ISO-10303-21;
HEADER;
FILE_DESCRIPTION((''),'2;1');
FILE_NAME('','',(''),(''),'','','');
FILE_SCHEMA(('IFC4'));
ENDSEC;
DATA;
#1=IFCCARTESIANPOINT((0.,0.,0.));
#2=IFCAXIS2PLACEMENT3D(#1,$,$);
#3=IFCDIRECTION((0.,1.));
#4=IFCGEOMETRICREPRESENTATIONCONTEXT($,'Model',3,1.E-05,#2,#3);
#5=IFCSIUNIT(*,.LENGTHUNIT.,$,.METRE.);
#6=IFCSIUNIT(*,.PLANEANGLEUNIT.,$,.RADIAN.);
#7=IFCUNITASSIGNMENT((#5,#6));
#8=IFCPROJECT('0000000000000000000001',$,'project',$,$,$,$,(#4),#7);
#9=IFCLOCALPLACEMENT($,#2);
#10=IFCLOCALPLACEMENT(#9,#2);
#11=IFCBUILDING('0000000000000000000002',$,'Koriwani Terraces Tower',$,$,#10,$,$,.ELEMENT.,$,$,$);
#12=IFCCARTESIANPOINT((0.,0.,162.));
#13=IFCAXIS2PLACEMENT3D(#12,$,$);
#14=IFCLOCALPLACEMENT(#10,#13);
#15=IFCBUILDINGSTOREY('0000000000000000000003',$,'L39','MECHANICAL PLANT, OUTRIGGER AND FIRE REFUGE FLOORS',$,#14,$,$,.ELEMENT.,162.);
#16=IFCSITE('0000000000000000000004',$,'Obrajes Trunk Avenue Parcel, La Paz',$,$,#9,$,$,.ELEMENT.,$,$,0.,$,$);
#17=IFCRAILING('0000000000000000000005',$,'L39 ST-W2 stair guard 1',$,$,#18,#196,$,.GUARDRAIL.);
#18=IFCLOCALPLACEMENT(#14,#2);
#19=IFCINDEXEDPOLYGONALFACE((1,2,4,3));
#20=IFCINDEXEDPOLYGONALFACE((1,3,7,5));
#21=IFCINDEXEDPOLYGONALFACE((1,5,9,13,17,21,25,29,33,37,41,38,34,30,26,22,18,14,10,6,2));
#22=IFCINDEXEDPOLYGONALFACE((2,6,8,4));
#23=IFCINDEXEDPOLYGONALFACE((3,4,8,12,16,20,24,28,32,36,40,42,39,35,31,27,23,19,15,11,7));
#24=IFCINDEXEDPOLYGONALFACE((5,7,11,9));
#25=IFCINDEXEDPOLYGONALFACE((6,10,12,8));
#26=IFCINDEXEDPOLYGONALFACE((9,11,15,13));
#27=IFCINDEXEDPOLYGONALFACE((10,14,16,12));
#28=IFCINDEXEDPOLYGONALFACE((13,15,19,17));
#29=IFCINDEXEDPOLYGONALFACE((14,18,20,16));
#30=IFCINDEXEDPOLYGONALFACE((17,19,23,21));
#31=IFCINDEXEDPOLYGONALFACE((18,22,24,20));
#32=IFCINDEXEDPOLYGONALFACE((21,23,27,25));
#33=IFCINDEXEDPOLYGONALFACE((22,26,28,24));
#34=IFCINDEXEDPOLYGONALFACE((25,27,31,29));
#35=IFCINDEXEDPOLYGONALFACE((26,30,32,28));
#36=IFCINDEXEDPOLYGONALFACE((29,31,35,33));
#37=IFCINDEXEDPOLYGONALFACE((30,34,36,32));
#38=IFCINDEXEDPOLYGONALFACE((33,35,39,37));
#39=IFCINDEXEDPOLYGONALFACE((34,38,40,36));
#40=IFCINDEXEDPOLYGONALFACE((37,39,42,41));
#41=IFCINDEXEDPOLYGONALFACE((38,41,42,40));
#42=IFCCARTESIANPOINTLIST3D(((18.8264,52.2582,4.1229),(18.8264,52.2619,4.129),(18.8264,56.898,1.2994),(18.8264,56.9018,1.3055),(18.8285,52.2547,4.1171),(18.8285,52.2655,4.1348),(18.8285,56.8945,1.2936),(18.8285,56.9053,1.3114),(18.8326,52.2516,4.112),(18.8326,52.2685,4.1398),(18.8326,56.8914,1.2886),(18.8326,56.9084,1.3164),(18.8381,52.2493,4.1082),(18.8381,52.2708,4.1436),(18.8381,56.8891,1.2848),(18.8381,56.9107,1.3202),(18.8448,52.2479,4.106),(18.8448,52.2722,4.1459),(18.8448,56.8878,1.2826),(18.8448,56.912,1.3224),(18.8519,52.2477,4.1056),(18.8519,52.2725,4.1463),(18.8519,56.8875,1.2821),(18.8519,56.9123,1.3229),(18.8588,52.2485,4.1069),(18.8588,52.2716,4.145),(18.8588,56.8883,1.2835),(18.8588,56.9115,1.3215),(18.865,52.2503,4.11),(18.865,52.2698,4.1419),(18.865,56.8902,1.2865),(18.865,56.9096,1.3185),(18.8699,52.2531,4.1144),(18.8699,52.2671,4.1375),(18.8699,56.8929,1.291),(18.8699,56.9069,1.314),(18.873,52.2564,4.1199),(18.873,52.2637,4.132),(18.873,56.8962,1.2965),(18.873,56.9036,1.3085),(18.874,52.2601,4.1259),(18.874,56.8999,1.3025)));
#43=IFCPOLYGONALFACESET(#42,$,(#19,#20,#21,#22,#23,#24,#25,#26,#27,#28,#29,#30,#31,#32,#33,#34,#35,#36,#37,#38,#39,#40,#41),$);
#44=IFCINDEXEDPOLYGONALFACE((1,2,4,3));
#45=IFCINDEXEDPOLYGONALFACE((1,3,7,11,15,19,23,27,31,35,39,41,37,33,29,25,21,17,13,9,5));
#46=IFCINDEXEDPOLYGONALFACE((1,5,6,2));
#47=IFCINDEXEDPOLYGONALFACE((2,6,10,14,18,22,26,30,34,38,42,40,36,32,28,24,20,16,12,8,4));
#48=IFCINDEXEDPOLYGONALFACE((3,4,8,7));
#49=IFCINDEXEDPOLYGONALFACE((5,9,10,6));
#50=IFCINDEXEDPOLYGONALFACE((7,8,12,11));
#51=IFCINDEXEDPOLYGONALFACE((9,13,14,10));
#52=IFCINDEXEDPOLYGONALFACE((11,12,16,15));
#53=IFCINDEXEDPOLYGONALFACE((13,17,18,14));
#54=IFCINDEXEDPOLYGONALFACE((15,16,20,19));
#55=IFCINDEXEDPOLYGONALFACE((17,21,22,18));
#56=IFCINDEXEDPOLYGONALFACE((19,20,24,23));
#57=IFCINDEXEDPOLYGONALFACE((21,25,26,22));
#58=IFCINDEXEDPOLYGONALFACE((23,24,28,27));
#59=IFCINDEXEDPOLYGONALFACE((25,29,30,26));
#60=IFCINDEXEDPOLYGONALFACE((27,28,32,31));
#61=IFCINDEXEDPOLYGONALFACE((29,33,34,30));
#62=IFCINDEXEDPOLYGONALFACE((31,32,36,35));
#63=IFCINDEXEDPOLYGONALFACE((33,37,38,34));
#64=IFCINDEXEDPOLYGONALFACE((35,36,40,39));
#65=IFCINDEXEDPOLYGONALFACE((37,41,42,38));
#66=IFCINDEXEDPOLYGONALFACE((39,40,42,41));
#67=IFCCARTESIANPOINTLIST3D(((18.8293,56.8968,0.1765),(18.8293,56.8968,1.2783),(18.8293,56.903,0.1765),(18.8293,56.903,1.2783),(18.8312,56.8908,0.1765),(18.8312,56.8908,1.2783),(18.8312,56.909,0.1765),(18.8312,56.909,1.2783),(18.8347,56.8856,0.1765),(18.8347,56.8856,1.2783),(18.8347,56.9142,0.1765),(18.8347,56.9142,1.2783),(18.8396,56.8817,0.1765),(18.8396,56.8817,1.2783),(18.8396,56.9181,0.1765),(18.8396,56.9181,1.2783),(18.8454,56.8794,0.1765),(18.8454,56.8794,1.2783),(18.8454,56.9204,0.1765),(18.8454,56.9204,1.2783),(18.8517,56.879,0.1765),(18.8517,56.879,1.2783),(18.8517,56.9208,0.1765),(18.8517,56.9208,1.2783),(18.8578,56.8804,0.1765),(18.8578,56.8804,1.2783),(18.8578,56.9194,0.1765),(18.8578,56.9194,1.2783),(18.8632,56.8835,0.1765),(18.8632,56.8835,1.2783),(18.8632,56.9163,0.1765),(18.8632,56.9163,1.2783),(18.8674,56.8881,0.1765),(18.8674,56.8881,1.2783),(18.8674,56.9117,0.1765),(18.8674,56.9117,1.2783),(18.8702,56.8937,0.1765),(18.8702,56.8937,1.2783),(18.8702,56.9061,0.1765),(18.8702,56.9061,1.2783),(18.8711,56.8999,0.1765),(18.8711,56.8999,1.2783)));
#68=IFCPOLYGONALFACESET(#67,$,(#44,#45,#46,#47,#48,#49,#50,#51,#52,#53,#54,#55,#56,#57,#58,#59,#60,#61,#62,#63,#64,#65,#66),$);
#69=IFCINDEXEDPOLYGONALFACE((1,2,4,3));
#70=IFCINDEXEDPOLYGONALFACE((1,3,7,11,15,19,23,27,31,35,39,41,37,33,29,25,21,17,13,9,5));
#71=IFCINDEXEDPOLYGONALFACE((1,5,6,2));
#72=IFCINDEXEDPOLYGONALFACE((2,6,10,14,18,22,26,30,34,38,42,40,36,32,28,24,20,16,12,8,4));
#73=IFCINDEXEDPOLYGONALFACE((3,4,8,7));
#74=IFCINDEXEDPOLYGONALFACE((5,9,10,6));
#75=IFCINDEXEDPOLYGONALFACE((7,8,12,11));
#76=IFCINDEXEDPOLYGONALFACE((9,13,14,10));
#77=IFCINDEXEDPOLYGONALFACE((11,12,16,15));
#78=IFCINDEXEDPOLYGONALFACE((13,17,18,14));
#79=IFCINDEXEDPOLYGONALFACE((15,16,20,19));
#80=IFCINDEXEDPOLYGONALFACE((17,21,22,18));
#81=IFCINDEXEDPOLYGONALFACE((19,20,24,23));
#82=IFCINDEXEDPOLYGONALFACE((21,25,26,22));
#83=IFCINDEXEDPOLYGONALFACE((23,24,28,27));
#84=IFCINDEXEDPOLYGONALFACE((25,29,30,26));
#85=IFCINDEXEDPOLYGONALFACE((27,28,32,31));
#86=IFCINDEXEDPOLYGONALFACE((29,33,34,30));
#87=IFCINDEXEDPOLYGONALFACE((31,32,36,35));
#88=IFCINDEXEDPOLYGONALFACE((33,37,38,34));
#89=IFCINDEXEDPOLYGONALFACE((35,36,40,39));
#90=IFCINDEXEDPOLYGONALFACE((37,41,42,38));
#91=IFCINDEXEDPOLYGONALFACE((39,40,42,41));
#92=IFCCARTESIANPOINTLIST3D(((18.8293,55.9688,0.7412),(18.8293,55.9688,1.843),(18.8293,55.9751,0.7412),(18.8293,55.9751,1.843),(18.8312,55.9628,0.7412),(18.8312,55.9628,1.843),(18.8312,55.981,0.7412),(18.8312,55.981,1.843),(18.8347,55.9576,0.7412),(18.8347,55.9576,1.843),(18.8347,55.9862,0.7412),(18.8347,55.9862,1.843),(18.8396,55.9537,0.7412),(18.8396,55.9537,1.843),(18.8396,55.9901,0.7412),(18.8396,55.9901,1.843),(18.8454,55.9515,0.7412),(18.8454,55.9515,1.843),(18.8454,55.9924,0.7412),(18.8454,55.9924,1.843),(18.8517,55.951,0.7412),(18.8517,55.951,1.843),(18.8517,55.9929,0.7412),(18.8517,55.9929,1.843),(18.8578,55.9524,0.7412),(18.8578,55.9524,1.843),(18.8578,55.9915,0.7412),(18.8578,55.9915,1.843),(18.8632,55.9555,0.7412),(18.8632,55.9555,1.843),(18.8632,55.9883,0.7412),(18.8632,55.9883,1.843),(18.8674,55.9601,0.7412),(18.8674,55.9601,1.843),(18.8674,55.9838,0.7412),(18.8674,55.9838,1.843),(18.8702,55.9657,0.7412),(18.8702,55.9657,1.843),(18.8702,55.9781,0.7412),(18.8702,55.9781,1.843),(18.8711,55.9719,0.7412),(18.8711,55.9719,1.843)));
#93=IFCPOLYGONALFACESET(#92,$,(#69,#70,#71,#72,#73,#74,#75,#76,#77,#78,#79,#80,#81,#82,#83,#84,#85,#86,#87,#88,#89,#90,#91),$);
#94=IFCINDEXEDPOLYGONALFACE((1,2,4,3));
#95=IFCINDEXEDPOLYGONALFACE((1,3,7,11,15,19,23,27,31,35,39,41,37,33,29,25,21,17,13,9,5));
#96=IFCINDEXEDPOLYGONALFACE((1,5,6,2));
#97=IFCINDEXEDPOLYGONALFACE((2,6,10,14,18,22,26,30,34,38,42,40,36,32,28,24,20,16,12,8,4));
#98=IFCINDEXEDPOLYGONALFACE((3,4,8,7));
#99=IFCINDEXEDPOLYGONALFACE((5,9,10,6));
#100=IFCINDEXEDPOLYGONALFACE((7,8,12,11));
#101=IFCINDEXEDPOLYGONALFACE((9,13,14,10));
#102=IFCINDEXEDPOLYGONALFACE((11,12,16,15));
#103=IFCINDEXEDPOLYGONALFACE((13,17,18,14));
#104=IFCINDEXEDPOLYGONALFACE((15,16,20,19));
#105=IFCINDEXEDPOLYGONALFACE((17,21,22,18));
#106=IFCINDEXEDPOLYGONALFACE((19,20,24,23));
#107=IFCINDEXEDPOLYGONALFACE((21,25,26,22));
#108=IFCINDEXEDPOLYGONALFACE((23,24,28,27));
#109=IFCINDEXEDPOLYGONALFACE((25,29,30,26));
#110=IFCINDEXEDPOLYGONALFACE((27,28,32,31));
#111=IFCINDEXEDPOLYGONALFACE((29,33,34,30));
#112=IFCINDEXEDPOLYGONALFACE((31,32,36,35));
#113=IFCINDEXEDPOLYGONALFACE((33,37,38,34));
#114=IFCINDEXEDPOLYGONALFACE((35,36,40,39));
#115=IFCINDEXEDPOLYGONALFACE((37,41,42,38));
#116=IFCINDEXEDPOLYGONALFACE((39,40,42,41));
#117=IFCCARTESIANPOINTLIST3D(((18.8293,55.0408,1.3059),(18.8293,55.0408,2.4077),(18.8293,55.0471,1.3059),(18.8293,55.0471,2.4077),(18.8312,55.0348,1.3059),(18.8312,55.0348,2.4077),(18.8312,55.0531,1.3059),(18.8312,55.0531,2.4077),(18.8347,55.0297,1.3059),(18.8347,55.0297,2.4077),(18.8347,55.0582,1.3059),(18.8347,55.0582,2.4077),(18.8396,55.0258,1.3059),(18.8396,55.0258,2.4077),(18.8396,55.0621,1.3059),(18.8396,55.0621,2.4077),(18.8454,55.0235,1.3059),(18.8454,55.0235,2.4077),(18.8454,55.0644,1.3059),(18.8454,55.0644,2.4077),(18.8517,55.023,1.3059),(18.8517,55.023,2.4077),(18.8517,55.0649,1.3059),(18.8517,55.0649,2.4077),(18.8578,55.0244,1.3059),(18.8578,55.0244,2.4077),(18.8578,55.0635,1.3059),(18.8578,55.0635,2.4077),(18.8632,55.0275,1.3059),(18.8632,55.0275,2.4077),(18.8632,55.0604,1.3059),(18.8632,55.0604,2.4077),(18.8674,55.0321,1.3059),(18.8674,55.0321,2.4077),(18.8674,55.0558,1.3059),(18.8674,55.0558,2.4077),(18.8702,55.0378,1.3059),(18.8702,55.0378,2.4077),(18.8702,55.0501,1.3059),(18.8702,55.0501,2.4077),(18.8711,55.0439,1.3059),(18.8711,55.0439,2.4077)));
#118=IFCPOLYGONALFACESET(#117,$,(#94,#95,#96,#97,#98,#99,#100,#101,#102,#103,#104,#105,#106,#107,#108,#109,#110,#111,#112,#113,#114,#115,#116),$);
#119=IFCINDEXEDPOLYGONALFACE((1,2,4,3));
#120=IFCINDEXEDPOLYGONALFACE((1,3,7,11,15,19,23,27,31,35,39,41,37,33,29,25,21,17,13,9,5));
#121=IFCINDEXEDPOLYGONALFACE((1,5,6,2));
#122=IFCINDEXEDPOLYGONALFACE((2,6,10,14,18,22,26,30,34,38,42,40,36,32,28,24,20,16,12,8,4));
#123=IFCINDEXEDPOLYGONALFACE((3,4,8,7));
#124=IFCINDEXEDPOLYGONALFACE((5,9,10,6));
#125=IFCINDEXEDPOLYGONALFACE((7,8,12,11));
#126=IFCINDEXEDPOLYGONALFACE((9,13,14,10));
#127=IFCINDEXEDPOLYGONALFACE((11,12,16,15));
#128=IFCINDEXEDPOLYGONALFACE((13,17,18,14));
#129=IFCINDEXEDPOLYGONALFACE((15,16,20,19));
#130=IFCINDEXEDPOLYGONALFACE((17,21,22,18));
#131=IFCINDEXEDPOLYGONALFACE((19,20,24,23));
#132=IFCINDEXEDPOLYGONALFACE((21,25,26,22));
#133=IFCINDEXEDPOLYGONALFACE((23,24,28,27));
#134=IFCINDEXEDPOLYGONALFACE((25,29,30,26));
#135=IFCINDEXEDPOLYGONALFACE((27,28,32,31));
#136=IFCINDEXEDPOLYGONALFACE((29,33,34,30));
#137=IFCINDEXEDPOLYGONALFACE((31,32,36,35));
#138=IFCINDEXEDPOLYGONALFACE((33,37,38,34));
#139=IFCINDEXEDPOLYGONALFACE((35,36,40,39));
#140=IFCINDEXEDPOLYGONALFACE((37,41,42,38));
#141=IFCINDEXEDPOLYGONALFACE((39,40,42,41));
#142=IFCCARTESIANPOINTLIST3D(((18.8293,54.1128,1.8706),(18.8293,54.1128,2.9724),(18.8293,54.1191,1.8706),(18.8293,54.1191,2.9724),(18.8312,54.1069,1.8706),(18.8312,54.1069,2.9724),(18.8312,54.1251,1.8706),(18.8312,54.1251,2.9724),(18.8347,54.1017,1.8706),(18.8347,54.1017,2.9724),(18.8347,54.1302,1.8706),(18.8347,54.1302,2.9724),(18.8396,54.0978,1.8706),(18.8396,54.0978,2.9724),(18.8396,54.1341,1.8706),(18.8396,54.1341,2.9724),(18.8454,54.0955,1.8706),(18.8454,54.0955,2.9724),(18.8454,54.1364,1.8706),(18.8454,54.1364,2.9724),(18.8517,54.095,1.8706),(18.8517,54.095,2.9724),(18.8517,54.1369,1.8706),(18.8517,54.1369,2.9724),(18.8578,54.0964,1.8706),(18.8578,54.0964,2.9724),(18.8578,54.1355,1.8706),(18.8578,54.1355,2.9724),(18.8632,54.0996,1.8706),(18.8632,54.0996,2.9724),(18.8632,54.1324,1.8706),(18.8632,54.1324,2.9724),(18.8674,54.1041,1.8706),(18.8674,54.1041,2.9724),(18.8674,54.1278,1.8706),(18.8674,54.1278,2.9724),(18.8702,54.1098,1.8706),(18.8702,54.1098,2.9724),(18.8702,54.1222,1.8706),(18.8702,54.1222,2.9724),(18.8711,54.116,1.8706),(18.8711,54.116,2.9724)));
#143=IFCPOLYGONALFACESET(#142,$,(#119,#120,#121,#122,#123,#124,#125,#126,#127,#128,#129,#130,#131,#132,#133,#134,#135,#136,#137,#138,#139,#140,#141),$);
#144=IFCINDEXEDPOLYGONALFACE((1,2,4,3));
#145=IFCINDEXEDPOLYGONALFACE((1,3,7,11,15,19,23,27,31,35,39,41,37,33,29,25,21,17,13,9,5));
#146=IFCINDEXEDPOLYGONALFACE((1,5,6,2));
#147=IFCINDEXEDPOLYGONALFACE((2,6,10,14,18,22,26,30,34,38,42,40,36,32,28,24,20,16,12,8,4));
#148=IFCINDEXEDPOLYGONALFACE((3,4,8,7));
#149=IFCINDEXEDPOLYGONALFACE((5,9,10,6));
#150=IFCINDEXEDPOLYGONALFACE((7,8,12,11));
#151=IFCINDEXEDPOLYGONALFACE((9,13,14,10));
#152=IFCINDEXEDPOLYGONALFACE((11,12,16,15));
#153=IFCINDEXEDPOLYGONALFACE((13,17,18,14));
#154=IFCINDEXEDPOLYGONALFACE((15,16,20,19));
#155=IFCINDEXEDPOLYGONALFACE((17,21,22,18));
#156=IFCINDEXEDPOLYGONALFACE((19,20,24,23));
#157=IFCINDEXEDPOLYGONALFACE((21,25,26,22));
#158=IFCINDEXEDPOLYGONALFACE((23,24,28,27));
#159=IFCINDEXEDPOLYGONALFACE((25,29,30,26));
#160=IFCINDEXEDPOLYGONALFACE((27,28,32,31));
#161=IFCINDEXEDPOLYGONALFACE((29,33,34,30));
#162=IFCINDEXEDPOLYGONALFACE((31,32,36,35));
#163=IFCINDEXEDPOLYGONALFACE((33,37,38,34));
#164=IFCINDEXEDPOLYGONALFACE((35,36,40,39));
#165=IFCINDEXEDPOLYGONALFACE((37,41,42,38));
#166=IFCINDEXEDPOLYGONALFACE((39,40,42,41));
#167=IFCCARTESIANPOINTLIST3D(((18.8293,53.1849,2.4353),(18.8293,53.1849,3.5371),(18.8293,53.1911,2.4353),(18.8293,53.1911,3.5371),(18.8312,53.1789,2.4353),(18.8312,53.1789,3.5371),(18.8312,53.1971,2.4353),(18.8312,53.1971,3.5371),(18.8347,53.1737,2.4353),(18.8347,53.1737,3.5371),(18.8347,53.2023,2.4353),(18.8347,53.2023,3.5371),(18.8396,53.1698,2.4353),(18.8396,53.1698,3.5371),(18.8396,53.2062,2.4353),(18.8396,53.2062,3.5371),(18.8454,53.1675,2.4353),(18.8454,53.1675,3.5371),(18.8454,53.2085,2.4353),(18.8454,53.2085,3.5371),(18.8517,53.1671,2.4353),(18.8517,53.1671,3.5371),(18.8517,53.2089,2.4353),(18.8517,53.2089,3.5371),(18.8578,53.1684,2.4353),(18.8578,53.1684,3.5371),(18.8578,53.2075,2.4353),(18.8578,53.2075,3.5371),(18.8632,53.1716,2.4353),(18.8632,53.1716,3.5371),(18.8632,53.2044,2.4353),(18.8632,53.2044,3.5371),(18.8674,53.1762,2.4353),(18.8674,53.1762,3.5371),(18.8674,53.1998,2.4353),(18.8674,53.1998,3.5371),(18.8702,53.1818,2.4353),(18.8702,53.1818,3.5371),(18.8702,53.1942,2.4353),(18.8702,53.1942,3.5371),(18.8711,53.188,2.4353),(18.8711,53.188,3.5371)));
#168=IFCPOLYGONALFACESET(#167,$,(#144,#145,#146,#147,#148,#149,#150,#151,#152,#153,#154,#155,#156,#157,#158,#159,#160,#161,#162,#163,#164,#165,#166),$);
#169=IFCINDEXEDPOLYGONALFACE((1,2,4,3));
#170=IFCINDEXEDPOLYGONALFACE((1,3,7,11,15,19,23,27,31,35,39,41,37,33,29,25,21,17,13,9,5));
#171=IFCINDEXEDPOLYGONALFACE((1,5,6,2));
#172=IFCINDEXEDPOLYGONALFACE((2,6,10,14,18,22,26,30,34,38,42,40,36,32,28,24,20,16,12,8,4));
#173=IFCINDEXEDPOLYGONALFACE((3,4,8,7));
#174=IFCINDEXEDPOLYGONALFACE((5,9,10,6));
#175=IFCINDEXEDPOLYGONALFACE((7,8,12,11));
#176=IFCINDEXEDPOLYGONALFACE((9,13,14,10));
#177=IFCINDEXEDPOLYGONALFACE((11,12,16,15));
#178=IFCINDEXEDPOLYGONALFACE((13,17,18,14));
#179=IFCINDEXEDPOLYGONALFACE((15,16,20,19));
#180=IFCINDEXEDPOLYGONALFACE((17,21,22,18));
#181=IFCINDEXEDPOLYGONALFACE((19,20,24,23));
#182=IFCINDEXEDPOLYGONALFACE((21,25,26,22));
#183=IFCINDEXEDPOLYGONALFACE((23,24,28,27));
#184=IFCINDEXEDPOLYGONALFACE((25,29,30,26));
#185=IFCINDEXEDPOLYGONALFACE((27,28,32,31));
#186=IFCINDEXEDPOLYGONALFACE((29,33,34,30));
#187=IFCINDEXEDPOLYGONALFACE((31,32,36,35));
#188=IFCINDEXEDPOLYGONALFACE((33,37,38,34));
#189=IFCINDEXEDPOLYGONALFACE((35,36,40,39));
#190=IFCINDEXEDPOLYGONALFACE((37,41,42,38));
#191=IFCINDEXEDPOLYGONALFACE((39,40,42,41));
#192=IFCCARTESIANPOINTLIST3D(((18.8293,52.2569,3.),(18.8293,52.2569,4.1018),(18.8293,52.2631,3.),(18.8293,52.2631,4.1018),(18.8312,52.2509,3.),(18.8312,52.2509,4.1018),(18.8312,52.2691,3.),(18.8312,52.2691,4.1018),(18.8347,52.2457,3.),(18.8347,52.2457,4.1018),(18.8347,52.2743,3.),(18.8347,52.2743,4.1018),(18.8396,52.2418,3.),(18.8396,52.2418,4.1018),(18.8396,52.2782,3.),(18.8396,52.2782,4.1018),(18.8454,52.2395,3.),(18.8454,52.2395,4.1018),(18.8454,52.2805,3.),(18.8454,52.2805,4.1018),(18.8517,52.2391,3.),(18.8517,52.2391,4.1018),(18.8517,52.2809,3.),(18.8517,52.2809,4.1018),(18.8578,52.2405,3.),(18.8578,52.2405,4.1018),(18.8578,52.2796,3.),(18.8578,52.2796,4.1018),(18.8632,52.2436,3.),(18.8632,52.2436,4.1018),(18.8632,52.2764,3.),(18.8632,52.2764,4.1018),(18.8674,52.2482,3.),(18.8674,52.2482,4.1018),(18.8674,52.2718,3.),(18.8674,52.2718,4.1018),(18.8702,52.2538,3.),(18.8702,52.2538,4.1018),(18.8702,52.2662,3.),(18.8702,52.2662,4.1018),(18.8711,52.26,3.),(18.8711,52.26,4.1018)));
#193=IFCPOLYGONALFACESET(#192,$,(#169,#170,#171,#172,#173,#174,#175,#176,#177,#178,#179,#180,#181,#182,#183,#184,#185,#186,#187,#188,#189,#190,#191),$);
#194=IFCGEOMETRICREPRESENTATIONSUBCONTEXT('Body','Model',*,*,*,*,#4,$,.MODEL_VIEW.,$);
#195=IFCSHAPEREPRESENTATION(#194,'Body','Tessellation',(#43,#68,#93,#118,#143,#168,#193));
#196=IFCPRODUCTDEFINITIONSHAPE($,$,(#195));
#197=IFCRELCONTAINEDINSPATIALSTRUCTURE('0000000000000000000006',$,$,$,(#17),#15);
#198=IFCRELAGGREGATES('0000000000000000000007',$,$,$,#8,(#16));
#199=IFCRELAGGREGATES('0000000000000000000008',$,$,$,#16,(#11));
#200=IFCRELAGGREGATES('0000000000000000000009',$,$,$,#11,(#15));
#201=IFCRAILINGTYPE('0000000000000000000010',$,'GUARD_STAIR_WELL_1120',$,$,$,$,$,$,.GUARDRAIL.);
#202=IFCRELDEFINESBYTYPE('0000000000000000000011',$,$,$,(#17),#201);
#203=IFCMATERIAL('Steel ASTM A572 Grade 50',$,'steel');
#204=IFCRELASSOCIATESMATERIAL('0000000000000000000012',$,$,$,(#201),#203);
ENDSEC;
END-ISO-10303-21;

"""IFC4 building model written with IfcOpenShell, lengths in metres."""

from ifc_helpers import new_model, si_unit, direction, frame, origin, origin_2d, place, context, subcontext, project, spatial, circle, extrude, material, type_object, element, save


model = new_model("IFC4")

# Units and contexts
model_context = context("Model", 3, precision=1e-05, world=origin(), true_north=direction((0.0, 1.0)))
body_context = subcontext(model_context, "Body", "Model", "MODEL_VIEW")
ifc_project = project(units=[si_unit("LENGTHUNIT", "METRE"), si_unit("PLANEANGLEUNIT", "RADIAN")], contexts=[model_context])

# Site, building, storey
site_placement = place(None, origin())
site = spatial("IfcSite", under=ifc_project, at=site_placement, Name="Obrajes Trunk Avenue Parcel, La Paz", CompositionType="ELEMENT", RefElevation=0.0)
building_placement = place(site_placement, origin())
building = spatial("IfcBuilding", under=site, at=building_placement, Name="Koriwani Terraces Tower", CompositionType="ELEMENT")
storey_placement = place(building_placement, frame((0.0, 0.0, 162.0)))
storey = spatial("IfcBuildingStorey", under=building, at=storey_placement, Name="L39", Description="MECHANICAL PLANT, OUTRIGGER AND FIRE REFUGE FLOORS", CompositionType="ELEMENT", Elevation=162.0)

# Shared definitions
ifc_material_1 = material(Name="Steel ASTM A572 Grade 50", Category="steel")

# Railing
railing_type_1 = type_object("IfcRailingType", Name="GUARD_STAIR_WELL_1120", PredefinedType="GUARDRAIL", material=ifc_material_1)
railing_1_placement = place(storey_placement, frame((18.8501, 56.8999, 0.1765)))
element("IfcRailing", 1, at=railing_1_placement, inside=storey, type_object=railing_type_1, Name="L39 ST-W2 stair guard 1", PredefinedType="GUARDRAIL", context=body_context, shape_type="SweptSolid", body=[
    extrude(circle(Radius=0.0239, at=origin_2d()), frame((0.0, 0.0, 1.126), z_axis=(0.0, -0.854264, 0.51984), x_axis=(1.0, 0.0, 0.0)), (0.0, 0.0, 1.0), 5.4314),
    extrude(circle(Radius=0.021, at=origin_2d()), origin(), (0.0, 0.0, 1.0), 1.1018),
    extrude(circle(Radius=0.021, at=origin_2d()), frame((0.0, -0.928, 0.5647)), (0.0, 0.0, 1.0), 1.1018),
    extrude(circle(Radius=0.021, at=origin_2d()), frame((0.0, -1.856, 1.1294)), (0.0, 0.0, 1.0), 1.1018),
    extrude(circle(Radius=0.021, at=origin_2d()), frame((0.0, -2.7839, 1.6941)), (0.0, 0.0, 1.0), 1.1018),
    extrude(circle(Radius=0.021, at=origin_2d()), frame((0.0, -3.7119, 2.2588)), (0.0, 0.0, 1.0), 1.1018),
    extrude(circle(Radius=0.021, at=origin_2d()), frame((0.0, -4.6399, 2.8235)), (0.0, 0.0, 1.0), 1.1018),
])

save(model, "model.ifc")
